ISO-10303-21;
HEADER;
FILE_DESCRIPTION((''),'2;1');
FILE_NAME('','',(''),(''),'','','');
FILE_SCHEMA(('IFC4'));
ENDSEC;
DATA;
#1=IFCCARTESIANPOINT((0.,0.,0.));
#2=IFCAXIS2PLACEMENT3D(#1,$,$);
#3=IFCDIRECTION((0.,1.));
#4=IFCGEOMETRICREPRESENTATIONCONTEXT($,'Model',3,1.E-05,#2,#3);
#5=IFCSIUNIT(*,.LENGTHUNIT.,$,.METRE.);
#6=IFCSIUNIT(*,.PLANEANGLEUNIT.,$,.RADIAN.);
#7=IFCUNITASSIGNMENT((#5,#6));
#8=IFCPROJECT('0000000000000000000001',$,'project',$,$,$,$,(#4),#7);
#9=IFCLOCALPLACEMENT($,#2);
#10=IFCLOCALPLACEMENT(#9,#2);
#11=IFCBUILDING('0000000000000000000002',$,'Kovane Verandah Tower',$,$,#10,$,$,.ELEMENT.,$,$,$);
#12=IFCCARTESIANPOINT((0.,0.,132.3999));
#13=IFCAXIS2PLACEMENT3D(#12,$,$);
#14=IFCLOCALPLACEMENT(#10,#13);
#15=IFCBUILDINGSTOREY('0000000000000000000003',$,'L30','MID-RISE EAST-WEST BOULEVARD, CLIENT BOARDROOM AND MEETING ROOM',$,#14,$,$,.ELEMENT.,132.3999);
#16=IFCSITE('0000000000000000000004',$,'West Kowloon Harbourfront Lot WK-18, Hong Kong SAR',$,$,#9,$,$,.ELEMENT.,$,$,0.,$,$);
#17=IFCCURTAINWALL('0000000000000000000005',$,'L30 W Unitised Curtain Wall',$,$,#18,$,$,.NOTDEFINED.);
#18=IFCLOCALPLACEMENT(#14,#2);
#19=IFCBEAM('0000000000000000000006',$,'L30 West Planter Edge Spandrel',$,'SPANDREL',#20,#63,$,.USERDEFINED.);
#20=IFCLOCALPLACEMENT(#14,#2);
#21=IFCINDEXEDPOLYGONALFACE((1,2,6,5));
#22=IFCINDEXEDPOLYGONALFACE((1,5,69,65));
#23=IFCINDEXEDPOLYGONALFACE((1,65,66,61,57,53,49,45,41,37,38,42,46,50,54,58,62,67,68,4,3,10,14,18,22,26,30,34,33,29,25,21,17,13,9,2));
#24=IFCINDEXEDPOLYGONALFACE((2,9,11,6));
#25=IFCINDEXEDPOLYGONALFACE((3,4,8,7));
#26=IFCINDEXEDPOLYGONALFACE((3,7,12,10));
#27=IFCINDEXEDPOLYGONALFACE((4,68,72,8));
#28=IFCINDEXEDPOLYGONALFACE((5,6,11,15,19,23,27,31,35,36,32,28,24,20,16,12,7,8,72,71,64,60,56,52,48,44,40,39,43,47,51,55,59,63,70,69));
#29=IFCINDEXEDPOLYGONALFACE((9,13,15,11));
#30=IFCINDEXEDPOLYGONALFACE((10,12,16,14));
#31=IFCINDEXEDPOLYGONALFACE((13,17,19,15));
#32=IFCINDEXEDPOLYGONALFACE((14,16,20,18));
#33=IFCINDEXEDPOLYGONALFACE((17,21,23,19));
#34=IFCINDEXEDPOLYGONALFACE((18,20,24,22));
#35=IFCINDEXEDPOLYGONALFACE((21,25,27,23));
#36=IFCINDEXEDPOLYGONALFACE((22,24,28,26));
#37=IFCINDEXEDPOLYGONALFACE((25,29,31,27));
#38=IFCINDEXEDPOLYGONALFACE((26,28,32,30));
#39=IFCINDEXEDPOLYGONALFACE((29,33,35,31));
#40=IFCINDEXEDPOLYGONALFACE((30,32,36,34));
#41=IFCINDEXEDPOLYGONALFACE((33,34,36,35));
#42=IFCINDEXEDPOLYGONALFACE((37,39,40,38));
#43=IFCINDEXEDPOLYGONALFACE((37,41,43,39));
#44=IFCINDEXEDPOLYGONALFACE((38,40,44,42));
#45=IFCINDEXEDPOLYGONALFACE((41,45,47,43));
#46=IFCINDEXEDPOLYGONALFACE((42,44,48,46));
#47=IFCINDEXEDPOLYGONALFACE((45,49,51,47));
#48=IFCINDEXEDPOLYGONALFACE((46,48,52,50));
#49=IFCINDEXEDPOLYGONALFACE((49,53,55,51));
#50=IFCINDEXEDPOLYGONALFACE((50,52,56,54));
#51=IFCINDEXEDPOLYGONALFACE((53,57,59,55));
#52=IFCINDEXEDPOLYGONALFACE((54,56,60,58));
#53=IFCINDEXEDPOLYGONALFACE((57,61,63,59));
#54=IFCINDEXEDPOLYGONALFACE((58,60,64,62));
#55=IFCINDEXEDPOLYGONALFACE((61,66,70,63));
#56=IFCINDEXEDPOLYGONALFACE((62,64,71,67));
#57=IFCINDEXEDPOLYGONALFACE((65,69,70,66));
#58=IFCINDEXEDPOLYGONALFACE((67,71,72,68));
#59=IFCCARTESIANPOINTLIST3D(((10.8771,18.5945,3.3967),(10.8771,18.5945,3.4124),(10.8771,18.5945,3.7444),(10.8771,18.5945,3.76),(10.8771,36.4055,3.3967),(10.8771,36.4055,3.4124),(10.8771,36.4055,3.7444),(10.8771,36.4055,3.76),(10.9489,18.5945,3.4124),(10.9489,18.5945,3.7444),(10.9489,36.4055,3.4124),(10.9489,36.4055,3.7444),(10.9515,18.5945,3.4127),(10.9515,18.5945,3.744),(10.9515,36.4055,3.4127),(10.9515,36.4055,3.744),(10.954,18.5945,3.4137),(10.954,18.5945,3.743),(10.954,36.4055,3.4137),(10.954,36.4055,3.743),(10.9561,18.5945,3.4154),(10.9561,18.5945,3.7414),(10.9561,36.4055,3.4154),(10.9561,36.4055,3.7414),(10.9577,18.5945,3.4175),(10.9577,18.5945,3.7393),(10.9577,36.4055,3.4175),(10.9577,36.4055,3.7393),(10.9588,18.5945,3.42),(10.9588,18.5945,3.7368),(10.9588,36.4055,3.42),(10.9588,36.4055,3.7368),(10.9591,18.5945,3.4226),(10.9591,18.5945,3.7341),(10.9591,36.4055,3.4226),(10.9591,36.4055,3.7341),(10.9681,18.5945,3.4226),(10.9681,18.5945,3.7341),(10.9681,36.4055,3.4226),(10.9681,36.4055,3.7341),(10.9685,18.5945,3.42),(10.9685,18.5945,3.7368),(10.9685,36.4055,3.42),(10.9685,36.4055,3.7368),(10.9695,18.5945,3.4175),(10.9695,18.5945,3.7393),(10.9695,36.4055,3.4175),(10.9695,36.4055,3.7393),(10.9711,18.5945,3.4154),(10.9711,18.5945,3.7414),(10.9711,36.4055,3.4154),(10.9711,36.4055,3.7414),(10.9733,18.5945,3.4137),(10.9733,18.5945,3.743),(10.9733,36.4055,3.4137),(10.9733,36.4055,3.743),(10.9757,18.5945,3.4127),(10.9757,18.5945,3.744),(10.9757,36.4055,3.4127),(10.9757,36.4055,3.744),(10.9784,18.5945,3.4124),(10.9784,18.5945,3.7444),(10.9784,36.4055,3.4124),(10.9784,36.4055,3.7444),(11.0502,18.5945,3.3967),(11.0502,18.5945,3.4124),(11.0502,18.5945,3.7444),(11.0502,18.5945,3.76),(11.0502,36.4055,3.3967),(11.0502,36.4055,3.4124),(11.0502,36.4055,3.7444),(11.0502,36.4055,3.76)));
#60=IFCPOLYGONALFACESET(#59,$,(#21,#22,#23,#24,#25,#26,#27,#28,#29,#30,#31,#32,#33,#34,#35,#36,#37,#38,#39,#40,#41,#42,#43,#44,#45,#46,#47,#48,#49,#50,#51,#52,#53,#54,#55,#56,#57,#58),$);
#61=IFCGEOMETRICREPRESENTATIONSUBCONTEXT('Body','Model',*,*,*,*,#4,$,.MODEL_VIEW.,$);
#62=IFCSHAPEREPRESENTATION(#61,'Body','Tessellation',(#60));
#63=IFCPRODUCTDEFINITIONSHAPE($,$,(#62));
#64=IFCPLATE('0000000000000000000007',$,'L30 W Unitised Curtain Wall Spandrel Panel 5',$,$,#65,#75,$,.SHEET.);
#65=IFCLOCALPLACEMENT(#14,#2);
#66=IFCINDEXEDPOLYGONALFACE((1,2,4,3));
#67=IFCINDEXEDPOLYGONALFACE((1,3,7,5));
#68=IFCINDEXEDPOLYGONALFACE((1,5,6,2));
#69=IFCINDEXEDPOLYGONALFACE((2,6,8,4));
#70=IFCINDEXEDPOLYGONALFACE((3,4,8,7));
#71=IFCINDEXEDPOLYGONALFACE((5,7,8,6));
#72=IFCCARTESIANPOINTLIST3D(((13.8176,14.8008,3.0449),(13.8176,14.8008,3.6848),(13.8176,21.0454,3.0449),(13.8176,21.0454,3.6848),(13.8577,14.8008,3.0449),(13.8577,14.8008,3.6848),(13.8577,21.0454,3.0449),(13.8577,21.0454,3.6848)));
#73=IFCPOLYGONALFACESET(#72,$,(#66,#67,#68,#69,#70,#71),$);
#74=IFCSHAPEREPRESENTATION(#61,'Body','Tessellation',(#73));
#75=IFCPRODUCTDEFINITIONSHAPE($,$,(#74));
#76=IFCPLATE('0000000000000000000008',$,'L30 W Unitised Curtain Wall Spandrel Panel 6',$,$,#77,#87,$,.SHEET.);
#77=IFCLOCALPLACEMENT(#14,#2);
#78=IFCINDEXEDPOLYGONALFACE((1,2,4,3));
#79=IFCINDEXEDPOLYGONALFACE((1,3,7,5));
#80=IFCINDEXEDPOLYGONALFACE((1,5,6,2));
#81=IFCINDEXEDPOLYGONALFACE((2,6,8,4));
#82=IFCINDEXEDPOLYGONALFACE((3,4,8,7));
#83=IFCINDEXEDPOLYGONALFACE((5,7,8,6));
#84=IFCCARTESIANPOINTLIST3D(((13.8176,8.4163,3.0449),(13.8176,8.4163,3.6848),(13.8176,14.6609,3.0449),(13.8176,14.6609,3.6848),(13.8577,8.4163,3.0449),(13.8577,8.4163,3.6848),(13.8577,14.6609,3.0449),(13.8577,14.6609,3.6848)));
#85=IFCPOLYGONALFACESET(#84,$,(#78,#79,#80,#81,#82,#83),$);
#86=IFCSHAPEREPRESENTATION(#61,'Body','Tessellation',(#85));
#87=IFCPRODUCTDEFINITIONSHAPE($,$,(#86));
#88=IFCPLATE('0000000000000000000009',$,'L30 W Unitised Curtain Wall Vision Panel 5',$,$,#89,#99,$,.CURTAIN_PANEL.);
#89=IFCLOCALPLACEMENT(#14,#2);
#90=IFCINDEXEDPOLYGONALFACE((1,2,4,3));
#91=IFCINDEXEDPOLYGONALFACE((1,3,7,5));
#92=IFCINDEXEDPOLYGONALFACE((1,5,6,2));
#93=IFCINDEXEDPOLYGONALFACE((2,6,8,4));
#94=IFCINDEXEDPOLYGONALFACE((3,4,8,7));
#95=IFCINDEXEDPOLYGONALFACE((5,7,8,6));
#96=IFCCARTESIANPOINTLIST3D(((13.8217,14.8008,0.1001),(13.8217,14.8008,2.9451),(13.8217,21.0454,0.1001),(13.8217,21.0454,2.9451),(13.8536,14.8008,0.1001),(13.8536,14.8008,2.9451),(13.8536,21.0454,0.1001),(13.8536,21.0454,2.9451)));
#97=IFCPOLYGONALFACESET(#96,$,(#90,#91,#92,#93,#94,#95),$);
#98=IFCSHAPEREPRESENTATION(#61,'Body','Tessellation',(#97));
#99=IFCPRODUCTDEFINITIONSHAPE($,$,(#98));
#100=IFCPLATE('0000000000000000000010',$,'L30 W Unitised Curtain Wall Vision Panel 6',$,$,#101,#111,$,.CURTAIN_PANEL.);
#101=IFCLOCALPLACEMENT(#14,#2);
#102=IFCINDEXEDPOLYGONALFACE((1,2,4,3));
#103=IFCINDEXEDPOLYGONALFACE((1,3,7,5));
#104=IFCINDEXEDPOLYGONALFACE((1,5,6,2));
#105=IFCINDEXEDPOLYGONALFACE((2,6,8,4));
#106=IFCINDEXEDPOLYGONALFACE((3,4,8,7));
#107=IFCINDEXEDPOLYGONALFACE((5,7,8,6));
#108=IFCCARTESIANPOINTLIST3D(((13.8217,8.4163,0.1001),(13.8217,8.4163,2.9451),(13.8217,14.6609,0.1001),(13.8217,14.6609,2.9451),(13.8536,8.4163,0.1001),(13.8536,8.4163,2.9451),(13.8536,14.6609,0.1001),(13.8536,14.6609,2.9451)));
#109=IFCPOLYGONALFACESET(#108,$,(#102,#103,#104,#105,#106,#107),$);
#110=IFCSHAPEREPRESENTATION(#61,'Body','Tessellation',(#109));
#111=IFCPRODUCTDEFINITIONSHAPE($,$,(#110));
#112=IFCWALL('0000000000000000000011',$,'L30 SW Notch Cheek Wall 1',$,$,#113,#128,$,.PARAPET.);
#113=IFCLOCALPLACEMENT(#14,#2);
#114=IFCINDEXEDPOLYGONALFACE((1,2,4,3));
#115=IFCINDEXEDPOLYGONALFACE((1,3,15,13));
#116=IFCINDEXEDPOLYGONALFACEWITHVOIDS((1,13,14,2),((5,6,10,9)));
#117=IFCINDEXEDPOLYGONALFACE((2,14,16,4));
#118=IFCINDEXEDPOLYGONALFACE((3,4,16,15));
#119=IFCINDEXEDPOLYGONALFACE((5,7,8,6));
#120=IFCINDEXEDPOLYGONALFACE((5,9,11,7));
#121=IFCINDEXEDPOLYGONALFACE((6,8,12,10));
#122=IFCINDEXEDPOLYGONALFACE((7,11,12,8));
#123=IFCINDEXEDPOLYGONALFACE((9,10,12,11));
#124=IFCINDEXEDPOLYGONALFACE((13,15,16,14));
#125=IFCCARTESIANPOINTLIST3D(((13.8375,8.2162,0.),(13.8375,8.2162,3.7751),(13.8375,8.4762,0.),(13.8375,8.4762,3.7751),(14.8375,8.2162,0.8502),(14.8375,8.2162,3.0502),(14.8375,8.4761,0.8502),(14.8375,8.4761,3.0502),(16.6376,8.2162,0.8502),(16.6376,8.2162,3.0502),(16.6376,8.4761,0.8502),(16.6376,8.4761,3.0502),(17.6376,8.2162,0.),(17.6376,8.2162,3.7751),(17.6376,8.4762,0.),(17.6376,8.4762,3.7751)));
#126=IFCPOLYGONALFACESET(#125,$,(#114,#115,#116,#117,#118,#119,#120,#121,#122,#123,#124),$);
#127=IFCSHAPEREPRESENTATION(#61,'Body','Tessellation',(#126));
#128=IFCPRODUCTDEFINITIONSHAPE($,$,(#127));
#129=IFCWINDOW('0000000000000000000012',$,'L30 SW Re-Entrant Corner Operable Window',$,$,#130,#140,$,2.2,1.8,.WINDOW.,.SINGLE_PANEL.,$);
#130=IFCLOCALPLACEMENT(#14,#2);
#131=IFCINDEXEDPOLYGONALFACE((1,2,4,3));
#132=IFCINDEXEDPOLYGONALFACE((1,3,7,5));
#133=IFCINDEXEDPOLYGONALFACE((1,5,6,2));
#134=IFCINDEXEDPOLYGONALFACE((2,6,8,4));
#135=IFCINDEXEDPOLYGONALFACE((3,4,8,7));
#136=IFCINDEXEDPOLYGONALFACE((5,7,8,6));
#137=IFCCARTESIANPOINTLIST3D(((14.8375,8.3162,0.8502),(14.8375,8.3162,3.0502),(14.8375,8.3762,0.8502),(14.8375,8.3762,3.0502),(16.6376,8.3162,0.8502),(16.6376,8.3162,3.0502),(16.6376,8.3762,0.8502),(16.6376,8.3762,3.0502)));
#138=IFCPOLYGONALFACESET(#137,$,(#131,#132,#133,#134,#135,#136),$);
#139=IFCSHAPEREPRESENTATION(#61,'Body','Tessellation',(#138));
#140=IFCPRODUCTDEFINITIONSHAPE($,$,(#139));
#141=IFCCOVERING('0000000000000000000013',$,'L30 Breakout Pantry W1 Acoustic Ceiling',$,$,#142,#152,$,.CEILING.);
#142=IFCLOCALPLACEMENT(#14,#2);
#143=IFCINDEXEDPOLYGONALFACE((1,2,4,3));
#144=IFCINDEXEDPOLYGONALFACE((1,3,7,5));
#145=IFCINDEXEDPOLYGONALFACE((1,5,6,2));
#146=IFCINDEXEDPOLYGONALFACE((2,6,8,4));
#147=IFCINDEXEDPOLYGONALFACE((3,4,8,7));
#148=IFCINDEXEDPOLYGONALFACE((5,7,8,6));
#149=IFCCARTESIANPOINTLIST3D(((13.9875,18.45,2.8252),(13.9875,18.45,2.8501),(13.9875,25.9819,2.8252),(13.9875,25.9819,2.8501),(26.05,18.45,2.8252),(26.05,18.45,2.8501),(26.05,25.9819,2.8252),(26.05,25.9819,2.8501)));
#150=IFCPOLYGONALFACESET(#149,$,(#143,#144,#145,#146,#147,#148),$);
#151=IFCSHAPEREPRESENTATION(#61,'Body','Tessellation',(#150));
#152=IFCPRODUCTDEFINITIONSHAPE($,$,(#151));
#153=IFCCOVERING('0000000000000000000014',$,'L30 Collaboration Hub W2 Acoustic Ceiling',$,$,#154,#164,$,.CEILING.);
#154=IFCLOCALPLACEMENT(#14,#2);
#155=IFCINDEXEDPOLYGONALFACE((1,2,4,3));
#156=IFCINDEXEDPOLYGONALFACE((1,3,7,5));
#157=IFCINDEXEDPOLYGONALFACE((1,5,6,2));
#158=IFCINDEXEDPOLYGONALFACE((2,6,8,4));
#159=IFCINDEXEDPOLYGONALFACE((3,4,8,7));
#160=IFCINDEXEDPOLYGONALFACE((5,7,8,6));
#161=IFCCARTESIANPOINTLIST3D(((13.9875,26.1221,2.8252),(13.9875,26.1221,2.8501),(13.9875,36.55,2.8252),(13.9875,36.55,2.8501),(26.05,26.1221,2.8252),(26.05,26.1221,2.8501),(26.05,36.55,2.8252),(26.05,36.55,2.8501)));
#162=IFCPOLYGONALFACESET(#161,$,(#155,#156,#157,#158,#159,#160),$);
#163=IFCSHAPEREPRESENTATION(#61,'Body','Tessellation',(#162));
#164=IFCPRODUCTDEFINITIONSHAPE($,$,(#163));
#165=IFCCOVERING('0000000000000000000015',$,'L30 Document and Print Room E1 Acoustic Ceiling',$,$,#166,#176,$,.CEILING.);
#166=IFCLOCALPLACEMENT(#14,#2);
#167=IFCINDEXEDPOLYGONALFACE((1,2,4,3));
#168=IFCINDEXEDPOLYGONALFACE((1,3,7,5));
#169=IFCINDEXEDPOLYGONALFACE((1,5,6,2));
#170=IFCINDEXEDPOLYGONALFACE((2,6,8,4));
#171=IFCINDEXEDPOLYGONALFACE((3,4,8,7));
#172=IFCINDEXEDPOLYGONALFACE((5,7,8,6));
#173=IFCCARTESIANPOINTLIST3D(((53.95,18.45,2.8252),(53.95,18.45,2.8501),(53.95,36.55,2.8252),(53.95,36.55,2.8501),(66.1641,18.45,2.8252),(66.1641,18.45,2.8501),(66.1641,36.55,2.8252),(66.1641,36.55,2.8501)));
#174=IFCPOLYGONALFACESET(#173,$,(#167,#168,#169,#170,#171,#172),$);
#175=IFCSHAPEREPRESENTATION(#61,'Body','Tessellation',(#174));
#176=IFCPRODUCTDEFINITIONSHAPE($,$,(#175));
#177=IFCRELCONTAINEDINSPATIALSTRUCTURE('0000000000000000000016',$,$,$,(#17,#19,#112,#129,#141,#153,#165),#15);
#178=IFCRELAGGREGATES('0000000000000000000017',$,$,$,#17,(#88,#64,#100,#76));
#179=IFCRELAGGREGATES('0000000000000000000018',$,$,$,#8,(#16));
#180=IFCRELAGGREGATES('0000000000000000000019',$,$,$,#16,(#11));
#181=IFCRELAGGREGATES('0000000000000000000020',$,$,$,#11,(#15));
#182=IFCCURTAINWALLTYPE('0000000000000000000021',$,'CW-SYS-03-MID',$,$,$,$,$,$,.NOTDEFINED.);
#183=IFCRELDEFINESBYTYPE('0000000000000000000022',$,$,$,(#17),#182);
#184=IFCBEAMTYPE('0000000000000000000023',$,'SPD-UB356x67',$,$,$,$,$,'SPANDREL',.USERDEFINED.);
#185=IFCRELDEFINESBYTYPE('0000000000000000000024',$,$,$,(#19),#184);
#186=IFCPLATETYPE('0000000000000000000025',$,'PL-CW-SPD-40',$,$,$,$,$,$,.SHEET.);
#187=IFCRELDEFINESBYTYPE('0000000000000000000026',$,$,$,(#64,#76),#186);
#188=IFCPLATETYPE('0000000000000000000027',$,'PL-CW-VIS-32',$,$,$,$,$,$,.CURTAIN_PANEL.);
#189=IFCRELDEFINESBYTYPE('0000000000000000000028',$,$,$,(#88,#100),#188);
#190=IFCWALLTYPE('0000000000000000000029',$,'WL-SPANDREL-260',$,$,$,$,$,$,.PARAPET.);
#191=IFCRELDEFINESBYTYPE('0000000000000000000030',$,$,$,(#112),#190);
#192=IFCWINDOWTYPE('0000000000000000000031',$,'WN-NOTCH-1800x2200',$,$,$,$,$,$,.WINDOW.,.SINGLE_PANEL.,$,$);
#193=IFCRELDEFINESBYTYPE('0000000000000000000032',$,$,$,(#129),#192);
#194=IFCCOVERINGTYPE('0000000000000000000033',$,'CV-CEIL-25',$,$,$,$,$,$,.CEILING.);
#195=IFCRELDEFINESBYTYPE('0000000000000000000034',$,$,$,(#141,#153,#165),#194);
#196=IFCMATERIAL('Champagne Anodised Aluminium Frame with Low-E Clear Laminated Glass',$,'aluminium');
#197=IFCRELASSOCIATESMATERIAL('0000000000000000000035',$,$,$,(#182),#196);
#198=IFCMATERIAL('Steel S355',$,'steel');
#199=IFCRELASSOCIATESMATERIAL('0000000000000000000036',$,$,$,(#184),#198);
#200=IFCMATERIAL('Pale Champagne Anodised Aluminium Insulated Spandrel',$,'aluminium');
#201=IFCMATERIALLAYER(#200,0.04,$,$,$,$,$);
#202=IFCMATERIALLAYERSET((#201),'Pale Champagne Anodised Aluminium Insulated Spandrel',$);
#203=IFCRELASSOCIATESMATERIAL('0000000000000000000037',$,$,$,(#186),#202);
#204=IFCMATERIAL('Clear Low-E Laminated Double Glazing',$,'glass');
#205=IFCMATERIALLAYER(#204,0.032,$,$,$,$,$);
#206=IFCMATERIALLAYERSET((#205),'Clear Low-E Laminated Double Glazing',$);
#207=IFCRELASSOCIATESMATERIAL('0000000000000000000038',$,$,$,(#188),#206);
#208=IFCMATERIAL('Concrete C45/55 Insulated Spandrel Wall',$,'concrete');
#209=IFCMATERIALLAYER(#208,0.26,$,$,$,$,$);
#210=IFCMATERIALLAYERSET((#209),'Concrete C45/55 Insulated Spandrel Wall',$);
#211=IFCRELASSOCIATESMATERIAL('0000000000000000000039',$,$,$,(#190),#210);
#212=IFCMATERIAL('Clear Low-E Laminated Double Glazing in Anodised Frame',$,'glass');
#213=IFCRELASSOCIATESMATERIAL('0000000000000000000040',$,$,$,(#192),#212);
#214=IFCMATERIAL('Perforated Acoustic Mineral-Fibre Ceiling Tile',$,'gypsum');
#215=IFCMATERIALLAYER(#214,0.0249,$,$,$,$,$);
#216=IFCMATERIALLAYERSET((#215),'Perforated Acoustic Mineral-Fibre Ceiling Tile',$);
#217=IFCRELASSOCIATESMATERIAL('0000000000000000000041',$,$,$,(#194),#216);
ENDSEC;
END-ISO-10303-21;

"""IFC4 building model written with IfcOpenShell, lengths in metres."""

from ifc_helpers import new_model, si_unit, direction, frame, frame_2d, origin, origin_2d, place, context, subcontext, project, spatial, polyline, rectangle, i_section, outline, extrude, material, layer, layer_set, material_profile, profile_set, type_object, element, fill, aggregate, save


model = new_model("IFC4")

# Units and contexts
model_context = context("Model", 3, precision=1e-05, world=origin(), true_north=direction((0.0, 1.0)))
body_context = subcontext(model_context, "Body", "Model", "MODEL_VIEW")
ifc_project = project(units=[si_unit("LENGTHUNIT", "METRE"), si_unit("PLANEANGLEUNIT", "RADIAN")], contexts=[model_context])

# Site, building, storey
site_placement = place(None, origin())
site = spatial("IfcSite", under=ifc_project, at=site_placement, Name="West Kowloon Harbourfront Lot WK-18, Hong Kong SAR", CompositionType="ELEMENT", RefElevation=0.0)
building_placement = place(site_placement, origin())
building = spatial("IfcBuilding", under=site, at=building_placement, Name="Kovane Verandah Tower", CompositionType="ELEMENT")
storey_placement = place(building_placement, frame((0.0, 0.0, 132.3999)))
storey = spatial("IfcBuildingStorey", under=building, at=storey_placement, Name="L30", Description="MID-RISE EAST-WEST BOULEVARD, CLIENT BOARDROOM AND MEETING ROOM", CompositionType="ELEMENT", Elevation=132.3999)

# Curtain wall
ifc_material_1 = material(Name="Champagne Anodised Aluminium Frame with Low-E Clear Laminated Glass", Category="aluminium")
curtain_wall_type = type_object("IfcCurtainWallType", Name="CW-SYS-03-MID", PredefinedType="NOTDEFINED", material=ifc_material_1)
curtain_wall_placement = place(storey_placement, origin())
curtain_wall = element("IfcCurtainWall", 1, at=curtain_wall_placement, inside=storey, type_object=curtain_wall_type, Name="L30 W Unitised Curtain Wall", PredefinedType="NOTDEFINED")

# Beam
ifc_material_2 = material(Name="Steel S355", Category="steel")
ifc_material_profile_1 = material_profile(ifc_material_2, i_section(OverallWidth=0.1731, OverallDepth=0.3633, WebThickness=0.009, FlangeThickness=0.0156, FilletRadius=0.0103, at=origin_2d()), Name="UB356x171x67")
ifc_profile_set_1 = profile_set([ifc_material_profile_1], Name="Steel S355")
beam_type_1 = type_object("IfcBeamType", Name="SPD-UB356x67", ElementType="SPANDREL", PredefinedType="USERDEFINED", material=ifc_profile_set_1)
beam_1_placement = place(storey_placement, frame((10.9636, 18.5945, 3.5784), z_axis=(0.0, 1.0, 0.0), x_axis=(-1.0, 0.0, 0.0)))
element("IfcBeam", 2, at=beam_1_placement, inside=storey, type_object=beam_type_1, Name="L30 West Planter Edge Spandrel", ObjectType="SPANDREL", PredefinedType="USERDEFINED", context=body_context, shape_type="SweptSolid", body=[
    extrude(i_section(OverallWidth=0.1731, OverallDepth=0.3633, WebThickness=0.009, FlangeThickness=0.0156, FilletRadius=0.0103, at=origin_2d()), origin(), (0.0, 0.0, 1.0), 17.811),
])

# Plates
ifc_material_3 = material(Name="Pale Champagne Anodised Aluminium Insulated Spandrel", Category="aluminium")
ifc_layer_1 = layer(ifc_material_3, 0.04)
ifc_layer_set_1 = layer_set([ifc_layer_1], Name="Pale Champagne Anodised Aluminium Insulated Spandrel")
plate_type_1 = type_object("IfcPlateType", Name="PL-CW-SPD-40", PredefinedType="SHEET", material=ifc_layer_set_1)
plate_1_placement = place(storey_placement, frame((13.8376, 17.9231, 3.0449), z_axis=(0.0, 0.0, 1.0), x_axis=(0.0, -1.0, 0.0)))
plate_1 = element("IfcPlate", 3, at=plate_1_placement, type_object=plate_type_1, Name="L30 W Unitised Curtain Wall Spandrel Panel 5", PredefinedType="SHEET", context=body_context, shape_type="SweptSolid", body=[
    extrude(rectangle(XDim=6.2446, YDim=0.04, at=origin_2d()), origin(), (0.0, 0.0, 1.0), 0.6399),
])
plate_2_placement = place(storey_placement, frame((13.8376, 11.5386, 3.0449), z_axis=(0.0, 0.0, 1.0), x_axis=(0.0, -1.0, 0.0)))
plate_2 = element("IfcPlate", 4, at=plate_2_placement, type_object=plate_type_1, Name="L30 W Unitised Curtain Wall Spandrel Panel 6", PredefinedType="SHEET", context=body_context, shape_type="SweptSolid", body=[
    extrude(rectangle(XDim=6.2446, YDim=0.04, at=origin_2d()), origin(), (0.0, 0.0, 1.0), 0.6399),
])
ifc_material_4 = material(Name="Clear Low-E Laminated Double Glazing", Category="glass")
ifc_layer_2 = layer(ifc_material_4, 0.032)
ifc_layer_set_2 = layer_set([ifc_layer_2], Name="Clear Low-E Laminated Double Glazing")
plate_type_2 = type_object("IfcPlateType", Name="PL-CW-VIS-32", PredefinedType="CURTAIN_PANEL", material=ifc_layer_set_2)
plate_3_placement = place(storey_placement, frame((13.8376, 17.9231, 0.1001), z_axis=(0.0, 0.0, 1.0), x_axis=(0.0, -1.0, 0.0)))
plate_3 = element("IfcPlate", 5, at=plate_3_placement, type_object=plate_type_2, Name="L30 W Unitised Curtain Wall Vision Panel 5", PredefinedType="CURTAIN_PANEL", context=body_context, shape_type="SweptSolid", body=[
    extrude(rectangle(XDim=6.2446, YDim=0.032, at=origin_2d()), origin(), (0.0, 0.0, 1.0), 2.845),
])
plate_4_placement = place(storey_placement, frame((13.8376, 11.5386, 0.1001), z_axis=(0.0, 0.0, 1.0), x_axis=(0.0, -1.0, 0.0)))
plate_4 = element("IfcPlate", 6, at=plate_4_placement, type_object=plate_type_2, Name="L30 W Unitised Curtain Wall Vision Panel 6", PredefinedType="CURTAIN_PANEL", context=body_context, shape_type="SweptSolid", body=[
    extrude(rectangle(XDim=6.2446, YDim=0.032, at=origin_2d()), origin(), (0.0, 0.0, 1.0), 2.845),
])
aggregate(curtain_wall, [plate_3, plate_1, plate_4, plate_2])

# Wall, opening, window
ifc_material_5 = material(Name="Concrete C45/55 Insulated Spandrel Wall", Category="concrete")
ifc_layer_3 = layer(ifc_material_5, 0.26)
ifc_layer_set_3 = layer_set([ifc_layer_3], Name="Concrete C45/55 Insulated Spandrel Wall")
wall_type = type_object("IfcWallType", Name="WL-SPANDREL-260", PredefinedType="PARAPET", material=ifc_layer_set_3)
wall_placement = place(storey_placement, frame((13.8376, 8.3462, 0.0), z_axis=(0.0, 0.0, 1.0), x_axis=(1.0, 0.0, 0.0)))
wall = element("IfcWall", 7, at=wall_placement, inside=storey, type_object=wall_type, Name="L30 SW Notch Cheek Wall 1", PredefinedType="PARAPET", context=body_context, shape_type="SweptSolid", body=[
    extrude(rectangle(XDim=3.8, YDim=0.26, at=frame_2d((1.8999, 0.0))), origin(), (0.0, 0.0, 1.0), 3.7751),
])
opening_placement = place(wall_placement, frame((1.0, 0.0, 0.8501)))
opening = element("IfcOpeningElement", 8, at=opening_placement, cuts=wall, PredefinedType="OPENING", context=body_context, shape_type="SweptSolid", body=[
    extrude(rectangle(XDim=1.8, YDim=2.2, at=frame_2d((0.8999, 1.1001))), frame((0.0, 0.1299, 0.0), z_axis=(0.0, -1.0, 0.0), x_axis=(1.0, 0.0, 0.0)), (0.0, 0.0, 1.0), 0.26),
])
ifc_material_6 = material(Name="Clear Low-E Laminated Double Glazing in Anodised Frame", Category="glass")
window_type = type_object("IfcWindowType", Name="WN-NOTCH-1800x2200", PartitioningType="SINGLE_PANEL", PredefinedType="WINDOW", material=ifc_material_6)
window_placement = place(opening_placement, origin())
window = element("IfcWindow", 9, at=window_placement, inside=storey, type_object=window_type, Name="L30 SW Re-Entrant Corner Operable Window", OverallHeight=2.2, OverallWidth=1.8, PartitioningType="SINGLE_PANEL", PredefinedType="WINDOW", context=body_context, shape_type="SweptSolid", body=[
    extrude(rectangle(XDim=1.8, YDim=2.2, at=frame_2d((0.8999, 1.1001))), frame((0.0, 0.03, 0.0), z_axis=(0.0, -1.0, 0.0), x_axis=(1.0, 0.0, 0.0)), (0.0, 0.0, 1.0), 0.0601),
])
fill(opening, window)

# Coverings
ifc_material_7 = material(Name="Perforated Acoustic Mineral-Fibre Ceiling Tile", Category="gypsum")
ifc_layer_4 = layer(ifc_material_7, 0.0249)
ifc_layer_set_4 = layer_set([ifc_layer_4], Name="Perforated Acoustic Mineral-Fibre Ceiling Tile")
covering_type_1 = type_object("IfcCoveringType", Name="CV-CEIL-25", PredefinedType="CEILING", material=ifc_layer_set_4)
covering_1_placement = place(storey_placement, frame((0.0, 0.0, 2.8252)))
element("IfcCovering", 10, at=covering_1_placement, inside=storey, type_object=covering_type_1, Name="L30 Breakout Pantry W1 Acoustic Ceiling", PredefinedType="CEILING", context=body_context, shape_type="SweptSolid", body=[
    extrude(outline(polyline([(13.9875, 18.45), (26.05, 18.45), (26.05, 25.9819), (13.9875, 25.9819), (13.9875, 18.45)])), origin(), (0.0, 0.0, 1.0), 0.0249),
])
covering_2_placement = place(storey_placement, frame((0.0, 0.0, 2.8252)))
element("IfcCovering", 11, at=covering_2_placement, inside=storey, type_object=covering_type_1, Name="L30 Collaboration Hub W2 Acoustic Ceiling", PredefinedType="CEILING", context=body_context, shape_type="SweptSolid", body=[
    extrude(outline(polyline([(13.9875, 26.1221), (26.05, 26.1221), (26.05, 36.55), (13.9875, 36.55), (13.9875, 26.1221)])), origin(), (0.0, 0.0, 1.0), 0.0249),
])
covering_3_placement = place(storey_placement, frame((0.0, 0.0, 2.8252)))
element("IfcCovering", 12, at=covering_3_placement, inside=storey, type_object=covering_type_1, Name="L30 Document and Print Room E1 Acoustic Ceiling", PredefinedType="CEILING", context=body_context, shape_type="SweptSolid", body=[
    extrude(outline(polyline([(53.95, 18.45), (66.1641, 18.45), (66.1641, 36.55), (53.95, 36.55), (53.95, 18.45)])), origin(), (0.0, 0.0, 1.0), 0.0249),
])

save(model, "model.ifc")
